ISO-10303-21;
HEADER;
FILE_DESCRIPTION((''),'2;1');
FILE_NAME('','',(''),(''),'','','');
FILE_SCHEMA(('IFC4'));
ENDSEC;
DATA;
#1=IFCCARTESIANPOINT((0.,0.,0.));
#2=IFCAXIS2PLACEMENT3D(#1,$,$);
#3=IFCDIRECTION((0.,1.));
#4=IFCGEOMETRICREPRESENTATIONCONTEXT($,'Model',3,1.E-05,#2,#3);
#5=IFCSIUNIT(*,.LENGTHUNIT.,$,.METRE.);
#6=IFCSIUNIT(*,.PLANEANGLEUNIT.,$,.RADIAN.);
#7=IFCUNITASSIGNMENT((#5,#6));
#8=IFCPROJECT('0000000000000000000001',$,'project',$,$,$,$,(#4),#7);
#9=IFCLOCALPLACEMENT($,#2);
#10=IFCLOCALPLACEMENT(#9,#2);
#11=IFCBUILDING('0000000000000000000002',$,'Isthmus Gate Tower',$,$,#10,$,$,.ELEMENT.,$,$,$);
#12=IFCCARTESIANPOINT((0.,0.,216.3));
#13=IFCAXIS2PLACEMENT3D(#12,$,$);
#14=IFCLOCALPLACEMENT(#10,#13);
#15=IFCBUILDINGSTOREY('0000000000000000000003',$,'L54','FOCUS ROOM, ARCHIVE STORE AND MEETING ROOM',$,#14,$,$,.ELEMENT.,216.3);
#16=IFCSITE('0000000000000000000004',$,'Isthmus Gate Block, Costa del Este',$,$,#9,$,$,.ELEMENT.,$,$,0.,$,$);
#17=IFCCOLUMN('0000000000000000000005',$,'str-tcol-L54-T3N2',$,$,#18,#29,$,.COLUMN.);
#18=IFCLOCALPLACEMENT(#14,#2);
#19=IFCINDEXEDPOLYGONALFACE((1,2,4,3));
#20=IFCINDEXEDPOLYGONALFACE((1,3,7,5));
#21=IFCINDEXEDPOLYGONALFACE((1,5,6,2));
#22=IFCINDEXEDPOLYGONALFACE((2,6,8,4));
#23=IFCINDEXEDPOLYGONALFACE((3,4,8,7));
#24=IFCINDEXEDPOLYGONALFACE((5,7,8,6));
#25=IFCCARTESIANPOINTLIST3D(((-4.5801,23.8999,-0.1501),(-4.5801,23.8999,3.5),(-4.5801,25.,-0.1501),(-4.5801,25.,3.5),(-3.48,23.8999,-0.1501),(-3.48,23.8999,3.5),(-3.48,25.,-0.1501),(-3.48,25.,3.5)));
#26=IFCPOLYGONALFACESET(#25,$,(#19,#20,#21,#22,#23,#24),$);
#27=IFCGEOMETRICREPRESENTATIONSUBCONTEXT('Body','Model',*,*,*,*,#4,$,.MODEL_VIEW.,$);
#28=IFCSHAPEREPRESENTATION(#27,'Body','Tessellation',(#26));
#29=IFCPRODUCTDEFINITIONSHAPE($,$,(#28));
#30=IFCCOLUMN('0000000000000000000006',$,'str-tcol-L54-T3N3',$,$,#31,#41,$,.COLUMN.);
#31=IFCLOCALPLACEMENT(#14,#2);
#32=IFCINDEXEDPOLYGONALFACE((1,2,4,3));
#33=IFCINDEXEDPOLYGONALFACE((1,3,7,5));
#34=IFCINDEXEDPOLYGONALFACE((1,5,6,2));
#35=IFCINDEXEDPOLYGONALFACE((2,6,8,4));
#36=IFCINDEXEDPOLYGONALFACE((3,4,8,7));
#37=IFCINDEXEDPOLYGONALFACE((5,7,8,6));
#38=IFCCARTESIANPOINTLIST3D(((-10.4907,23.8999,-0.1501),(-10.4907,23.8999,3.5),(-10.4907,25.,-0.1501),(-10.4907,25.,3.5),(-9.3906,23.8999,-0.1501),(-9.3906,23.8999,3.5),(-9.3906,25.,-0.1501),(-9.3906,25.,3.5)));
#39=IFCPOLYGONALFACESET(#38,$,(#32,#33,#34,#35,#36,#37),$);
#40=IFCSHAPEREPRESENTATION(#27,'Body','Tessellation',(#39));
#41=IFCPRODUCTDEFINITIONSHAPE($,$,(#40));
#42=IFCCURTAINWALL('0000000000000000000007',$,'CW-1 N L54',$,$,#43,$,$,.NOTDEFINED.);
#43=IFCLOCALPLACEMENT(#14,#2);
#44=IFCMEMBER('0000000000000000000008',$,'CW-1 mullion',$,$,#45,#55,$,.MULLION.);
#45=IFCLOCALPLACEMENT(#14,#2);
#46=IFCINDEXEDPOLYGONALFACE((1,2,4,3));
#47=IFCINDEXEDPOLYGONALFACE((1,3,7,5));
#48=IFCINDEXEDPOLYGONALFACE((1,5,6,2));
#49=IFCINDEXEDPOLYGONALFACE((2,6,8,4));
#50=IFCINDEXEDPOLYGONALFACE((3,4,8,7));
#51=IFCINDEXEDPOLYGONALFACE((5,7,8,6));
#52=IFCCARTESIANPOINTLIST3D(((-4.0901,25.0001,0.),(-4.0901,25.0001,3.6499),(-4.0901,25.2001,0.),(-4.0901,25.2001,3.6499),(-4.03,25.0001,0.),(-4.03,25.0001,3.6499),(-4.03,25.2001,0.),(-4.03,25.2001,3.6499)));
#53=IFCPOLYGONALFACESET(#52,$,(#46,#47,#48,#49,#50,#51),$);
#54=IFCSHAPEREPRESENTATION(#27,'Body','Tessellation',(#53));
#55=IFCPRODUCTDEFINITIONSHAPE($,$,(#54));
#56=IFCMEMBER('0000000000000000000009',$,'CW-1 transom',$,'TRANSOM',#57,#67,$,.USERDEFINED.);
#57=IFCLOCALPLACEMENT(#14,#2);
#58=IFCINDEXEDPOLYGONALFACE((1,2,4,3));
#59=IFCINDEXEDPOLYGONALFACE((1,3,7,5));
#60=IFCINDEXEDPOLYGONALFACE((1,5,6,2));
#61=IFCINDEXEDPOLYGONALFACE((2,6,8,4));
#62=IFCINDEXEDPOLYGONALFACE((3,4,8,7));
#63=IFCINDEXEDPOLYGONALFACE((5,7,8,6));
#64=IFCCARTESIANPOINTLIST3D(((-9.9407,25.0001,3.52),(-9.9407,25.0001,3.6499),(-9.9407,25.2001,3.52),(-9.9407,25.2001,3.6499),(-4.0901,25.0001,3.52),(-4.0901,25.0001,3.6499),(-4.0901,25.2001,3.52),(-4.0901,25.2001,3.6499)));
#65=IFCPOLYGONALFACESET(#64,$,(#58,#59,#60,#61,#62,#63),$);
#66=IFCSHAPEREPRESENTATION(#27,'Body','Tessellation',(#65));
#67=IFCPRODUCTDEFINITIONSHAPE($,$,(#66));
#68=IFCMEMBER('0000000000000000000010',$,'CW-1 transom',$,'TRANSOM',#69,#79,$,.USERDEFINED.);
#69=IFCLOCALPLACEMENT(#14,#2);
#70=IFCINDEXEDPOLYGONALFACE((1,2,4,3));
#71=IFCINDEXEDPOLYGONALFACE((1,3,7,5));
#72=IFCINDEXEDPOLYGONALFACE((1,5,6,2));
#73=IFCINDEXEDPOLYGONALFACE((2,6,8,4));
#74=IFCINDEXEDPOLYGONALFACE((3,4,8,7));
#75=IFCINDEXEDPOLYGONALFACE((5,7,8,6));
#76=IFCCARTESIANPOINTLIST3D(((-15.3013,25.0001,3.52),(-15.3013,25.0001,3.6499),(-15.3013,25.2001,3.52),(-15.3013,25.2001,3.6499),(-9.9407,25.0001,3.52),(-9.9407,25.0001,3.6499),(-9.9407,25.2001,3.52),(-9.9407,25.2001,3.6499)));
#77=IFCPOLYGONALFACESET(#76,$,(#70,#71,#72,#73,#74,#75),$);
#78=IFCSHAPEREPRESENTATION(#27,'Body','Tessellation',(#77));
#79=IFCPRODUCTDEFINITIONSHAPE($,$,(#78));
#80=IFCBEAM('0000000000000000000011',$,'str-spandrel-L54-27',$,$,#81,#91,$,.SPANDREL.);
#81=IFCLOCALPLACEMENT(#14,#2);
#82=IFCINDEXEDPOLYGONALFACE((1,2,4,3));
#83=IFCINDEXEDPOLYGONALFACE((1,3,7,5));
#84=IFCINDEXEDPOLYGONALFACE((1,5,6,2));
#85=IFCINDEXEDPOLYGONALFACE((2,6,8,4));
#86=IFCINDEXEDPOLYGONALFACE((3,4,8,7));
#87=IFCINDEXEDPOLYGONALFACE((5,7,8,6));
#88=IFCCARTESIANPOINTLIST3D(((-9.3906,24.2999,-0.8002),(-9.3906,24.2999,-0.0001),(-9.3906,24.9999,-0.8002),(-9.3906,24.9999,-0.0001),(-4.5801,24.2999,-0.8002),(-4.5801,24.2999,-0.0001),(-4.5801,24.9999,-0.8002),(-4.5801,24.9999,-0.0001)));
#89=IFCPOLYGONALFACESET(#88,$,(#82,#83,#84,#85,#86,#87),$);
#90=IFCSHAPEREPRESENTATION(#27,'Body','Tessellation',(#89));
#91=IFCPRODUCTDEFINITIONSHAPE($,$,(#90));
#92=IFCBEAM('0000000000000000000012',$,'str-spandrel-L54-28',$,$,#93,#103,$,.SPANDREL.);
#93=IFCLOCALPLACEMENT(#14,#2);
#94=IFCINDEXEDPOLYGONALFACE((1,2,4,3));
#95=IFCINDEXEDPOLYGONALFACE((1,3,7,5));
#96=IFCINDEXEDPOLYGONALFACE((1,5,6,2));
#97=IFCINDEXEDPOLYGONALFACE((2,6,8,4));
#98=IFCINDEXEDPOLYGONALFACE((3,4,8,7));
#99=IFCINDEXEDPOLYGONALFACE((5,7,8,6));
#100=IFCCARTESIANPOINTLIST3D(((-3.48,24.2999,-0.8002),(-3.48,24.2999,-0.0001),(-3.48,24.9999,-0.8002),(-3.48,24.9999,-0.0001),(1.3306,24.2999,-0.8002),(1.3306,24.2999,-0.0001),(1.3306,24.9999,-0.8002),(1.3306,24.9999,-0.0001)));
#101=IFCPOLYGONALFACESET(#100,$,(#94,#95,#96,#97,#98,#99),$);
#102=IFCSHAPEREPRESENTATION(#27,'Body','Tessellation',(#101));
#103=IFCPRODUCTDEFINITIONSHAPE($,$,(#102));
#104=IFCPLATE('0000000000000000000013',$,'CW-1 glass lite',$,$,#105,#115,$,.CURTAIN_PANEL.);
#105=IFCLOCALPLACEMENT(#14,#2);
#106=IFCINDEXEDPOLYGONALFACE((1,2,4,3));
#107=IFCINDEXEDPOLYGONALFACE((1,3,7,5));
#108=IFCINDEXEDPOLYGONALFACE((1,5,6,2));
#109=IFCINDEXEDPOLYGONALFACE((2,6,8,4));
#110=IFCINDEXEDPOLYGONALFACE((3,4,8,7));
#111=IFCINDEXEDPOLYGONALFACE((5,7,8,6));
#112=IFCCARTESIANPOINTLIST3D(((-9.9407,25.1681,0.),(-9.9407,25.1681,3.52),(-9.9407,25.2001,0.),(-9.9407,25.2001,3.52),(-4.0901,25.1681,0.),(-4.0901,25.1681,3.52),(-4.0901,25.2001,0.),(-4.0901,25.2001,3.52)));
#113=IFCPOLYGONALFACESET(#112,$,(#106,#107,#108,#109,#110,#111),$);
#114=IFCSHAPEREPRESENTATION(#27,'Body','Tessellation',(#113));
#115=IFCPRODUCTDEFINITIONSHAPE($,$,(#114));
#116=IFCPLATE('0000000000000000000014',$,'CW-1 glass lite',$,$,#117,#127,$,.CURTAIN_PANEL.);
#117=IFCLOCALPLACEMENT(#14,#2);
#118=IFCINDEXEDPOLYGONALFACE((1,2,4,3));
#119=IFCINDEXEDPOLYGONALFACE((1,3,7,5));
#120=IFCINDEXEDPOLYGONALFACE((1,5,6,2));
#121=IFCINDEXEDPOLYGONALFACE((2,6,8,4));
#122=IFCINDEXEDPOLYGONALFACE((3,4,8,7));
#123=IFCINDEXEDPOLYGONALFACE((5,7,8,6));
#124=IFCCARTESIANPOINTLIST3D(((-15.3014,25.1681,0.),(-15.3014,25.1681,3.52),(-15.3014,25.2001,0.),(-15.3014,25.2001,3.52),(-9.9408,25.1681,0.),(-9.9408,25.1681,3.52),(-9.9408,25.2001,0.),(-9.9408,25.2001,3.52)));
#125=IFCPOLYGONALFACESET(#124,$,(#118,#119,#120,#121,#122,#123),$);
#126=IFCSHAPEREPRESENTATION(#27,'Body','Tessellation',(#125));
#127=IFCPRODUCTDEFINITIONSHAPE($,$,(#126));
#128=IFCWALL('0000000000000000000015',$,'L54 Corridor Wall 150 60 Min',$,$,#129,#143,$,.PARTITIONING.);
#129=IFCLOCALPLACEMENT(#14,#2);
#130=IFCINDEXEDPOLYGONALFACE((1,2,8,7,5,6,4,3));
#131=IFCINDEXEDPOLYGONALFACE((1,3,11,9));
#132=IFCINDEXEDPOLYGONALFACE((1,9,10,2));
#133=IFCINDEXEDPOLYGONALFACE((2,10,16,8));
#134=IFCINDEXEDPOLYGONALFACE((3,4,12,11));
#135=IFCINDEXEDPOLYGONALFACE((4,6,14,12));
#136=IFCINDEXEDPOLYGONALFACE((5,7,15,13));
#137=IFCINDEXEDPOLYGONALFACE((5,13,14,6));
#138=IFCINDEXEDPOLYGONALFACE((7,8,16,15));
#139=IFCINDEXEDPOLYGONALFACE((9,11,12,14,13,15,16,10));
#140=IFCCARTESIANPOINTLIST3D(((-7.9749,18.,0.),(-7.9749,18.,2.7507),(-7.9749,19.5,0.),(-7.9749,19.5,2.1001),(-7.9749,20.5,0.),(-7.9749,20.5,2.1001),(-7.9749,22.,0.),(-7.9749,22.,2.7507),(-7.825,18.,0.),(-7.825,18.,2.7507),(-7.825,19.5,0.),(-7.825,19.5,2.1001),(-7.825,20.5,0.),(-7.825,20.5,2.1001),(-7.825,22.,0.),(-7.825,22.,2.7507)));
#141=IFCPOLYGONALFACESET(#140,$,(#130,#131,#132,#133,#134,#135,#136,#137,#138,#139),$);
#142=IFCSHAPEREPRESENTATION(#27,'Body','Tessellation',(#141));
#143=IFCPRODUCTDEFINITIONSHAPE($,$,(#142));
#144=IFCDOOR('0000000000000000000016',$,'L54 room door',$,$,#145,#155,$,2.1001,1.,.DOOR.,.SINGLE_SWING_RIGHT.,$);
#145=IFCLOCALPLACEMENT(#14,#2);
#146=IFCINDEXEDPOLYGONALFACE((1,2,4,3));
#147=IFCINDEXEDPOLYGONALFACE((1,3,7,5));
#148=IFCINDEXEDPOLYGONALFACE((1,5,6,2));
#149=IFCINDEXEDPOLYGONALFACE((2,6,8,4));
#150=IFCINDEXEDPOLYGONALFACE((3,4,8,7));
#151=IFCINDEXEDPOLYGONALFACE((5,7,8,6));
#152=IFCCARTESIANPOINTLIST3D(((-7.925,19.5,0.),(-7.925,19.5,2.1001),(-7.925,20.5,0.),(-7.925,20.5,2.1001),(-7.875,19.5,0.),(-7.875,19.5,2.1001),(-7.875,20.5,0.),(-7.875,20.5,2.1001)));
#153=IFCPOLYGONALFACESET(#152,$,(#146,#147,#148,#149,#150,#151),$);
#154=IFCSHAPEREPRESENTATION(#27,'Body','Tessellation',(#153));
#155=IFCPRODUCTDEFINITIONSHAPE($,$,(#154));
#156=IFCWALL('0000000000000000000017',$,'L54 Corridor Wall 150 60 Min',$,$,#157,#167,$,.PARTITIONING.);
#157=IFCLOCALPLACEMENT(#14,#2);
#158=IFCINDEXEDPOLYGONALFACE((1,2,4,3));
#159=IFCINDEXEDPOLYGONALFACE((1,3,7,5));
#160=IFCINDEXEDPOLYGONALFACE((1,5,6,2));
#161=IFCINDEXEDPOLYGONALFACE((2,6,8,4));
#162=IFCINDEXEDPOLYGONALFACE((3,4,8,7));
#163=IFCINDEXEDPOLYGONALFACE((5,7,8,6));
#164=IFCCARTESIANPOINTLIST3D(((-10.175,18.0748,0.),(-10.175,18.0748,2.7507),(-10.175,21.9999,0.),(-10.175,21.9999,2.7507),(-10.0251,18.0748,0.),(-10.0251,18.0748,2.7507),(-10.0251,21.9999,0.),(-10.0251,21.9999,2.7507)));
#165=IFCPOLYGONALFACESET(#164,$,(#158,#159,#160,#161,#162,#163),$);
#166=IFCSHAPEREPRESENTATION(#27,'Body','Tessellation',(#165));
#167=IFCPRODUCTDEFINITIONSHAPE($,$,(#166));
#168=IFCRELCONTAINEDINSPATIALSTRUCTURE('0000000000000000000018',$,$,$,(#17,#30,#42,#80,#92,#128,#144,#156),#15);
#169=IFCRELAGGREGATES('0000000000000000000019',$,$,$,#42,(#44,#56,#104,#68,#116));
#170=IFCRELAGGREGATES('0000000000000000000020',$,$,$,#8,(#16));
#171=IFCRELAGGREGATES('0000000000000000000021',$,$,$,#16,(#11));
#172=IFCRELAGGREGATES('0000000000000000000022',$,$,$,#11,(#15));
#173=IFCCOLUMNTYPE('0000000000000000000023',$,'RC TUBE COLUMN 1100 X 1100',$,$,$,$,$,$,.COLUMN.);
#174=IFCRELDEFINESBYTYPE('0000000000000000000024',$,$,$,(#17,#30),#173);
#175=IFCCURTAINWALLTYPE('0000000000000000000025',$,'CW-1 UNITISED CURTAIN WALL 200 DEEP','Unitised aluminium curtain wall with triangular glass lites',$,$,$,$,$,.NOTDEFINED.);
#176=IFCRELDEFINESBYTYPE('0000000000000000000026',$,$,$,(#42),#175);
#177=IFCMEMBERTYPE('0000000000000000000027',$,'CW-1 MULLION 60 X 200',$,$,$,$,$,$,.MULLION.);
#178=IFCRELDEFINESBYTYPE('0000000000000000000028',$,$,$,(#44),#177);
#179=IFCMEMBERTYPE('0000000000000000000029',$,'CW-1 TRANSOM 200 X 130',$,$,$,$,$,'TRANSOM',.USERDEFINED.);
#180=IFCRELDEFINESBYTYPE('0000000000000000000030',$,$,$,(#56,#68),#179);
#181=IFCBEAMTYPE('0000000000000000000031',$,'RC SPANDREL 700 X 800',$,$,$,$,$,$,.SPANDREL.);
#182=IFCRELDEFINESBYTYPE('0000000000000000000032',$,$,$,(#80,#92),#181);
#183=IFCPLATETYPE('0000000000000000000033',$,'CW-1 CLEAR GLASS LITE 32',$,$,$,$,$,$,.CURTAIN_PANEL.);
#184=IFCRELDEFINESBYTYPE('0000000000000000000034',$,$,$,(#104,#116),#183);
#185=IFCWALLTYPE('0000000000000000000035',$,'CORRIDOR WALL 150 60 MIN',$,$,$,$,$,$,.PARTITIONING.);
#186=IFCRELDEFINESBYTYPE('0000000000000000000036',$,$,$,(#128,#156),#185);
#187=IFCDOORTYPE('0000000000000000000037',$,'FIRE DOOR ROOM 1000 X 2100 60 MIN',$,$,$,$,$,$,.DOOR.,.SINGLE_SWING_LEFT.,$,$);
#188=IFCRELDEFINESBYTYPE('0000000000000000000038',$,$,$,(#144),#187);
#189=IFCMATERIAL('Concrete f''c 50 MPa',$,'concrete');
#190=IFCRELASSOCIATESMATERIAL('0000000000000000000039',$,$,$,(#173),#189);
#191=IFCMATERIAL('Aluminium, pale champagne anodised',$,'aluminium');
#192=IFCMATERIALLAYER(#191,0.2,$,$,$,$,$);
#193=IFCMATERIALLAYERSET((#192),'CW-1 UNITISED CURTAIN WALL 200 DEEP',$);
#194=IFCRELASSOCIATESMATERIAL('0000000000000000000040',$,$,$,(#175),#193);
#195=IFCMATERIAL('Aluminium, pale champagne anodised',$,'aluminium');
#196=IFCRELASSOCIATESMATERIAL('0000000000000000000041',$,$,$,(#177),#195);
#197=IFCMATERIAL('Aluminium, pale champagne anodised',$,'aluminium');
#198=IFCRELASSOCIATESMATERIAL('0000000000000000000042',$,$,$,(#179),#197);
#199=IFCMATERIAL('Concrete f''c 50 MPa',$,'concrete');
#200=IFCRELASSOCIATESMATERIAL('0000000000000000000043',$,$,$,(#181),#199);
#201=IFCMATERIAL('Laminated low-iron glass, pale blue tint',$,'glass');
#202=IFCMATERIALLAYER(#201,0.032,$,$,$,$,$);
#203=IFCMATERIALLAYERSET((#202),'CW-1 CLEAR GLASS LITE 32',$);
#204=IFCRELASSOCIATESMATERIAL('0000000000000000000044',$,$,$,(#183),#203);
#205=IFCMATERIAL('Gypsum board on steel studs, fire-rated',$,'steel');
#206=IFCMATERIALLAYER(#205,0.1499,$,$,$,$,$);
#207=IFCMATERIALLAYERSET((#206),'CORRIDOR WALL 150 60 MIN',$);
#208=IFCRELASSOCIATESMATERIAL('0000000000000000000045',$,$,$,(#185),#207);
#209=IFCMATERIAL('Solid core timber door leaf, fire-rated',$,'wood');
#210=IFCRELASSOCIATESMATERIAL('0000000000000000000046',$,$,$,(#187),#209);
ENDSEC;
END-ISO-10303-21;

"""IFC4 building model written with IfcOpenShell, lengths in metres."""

from ifc_helpers import new_model, si_unit, direction, frame, frame_2d, origin, origin_2d, place, context, subcontext, project, spatial, rectangle, extrude, material, layer, layer_set, material_profile, profile_set, type_object, element, fill, aggregate, save


model = new_model("IFC4")

# Units and contexts
model_context = context("Model", 3, precision=1e-05, world=origin(), true_north=direction((0.0, 1.0)))
body_context = subcontext(model_context, "Body", "Model", "MODEL_VIEW")
ifc_project = project(units=[si_unit("LENGTHUNIT", "METRE"), si_unit("PLANEANGLEUNIT", "RADIAN")], contexts=[model_context])

# Site, building, storey
site_placement = place(None, origin())
site = spatial("IfcSite", under=ifc_project, at=site_placement, Name="Isthmus Gate Block, Costa del Este", CompositionType="ELEMENT", RefElevation=0.0)
building_placement = place(site_placement, origin())
building = spatial("IfcBuilding", under=site, at=building_placement, Name="Isthmus Gate Tower", CompositionType="ELEMENT")
storey_placement = place(building_placement, frame((0.0, 0.0, 216.3)))
storey = spatial("IfcBuildingStorey", under=building, at=storey_placement, Name="L54", Description="FOCUS ROOM, ARCHIVE STORE AND MEETING ROOM", CompositionType="ELEMENT", Elevation=216.3)

# Columns
ifc_material_1 = material(Name="Concrete f'c 50 MPa", Category="concrete")
ifc_material_profile_1 = material_profile(ifc_material_1, rectangle(XDim=1.1001, YDim=1.1001, at=origin_2d()), Name="RC 1100X1100")
ifc_profile_set_1 = profile_set([ifc_material_profile_1], Name="Concrete f'c 50 MPa")
column_type = type_object("IfcColumnType", Name="RC TUBE COLUMN 1100 X 1100", PredefinedType="COLUMN", material=ifc_profile_set_1)
for number, where, z_axis, x_axis, name in (
    (1, (-4.03, 24.45, -0.1501), (0.0, 0.0, 1.0), (-1.0, 0.0, 0.0), "str-tcol-L54-T3N2"),
    (2, (-9.9407, 24.45, -0.1501), (0.0, 0.0, 1.0), (-1.0, 0.0, 0.0), "str-tcol-L54-T3N3"),
):
    element("IfcColumn", number, at=place(storey_placement, frame(where, z_axis=z_axis, x_axis=x_axis)), inside=storey, type_object=column_type, Name=name, PredefinedType="COLUMN", context=body_context, shape_type="SweptSolid", body=[
        extrude(rectangle(XDim=1.1001, YDim=1.1001, at=origin_2d()), origin(), (0.0, 0.0, 1.0), 3.6501),
    ])

# Curtain wall, members
ifc_material_2 = material(Name="Aluminium, pale champagne anodised", Category="aluminium")
ifc_layer_1 = layer(ifc_material_2, 0.2)
ifc_layer_set_1 = layer_set([ifc_layer_1], Name="CW-1 UNITISED CURTAIN WALL 200 DEEP")
curtain_wall_type = type_object("IfcCurtainWallType", Name="CW-1 UNITISED CURTAIN WALL 200 DEEP", Description="Unitised aluminium curtain wall with triangular glass lites", PredefinedType="NOTDEFINED", material=ifc_layer_set_1)
curtain_wall_placement = place(storey_placement, origin())
curtain_wall = element("IfcCurtainWall", 3, at=curtain_wall_placement, inside=storey, type_object=curtain_wall_type, Name="CW-1 N L54", PredefinedType="NOTDEFINED")
ifc_material_3 = material(Name="Aluminium, pale champagne anodised", Category="aluminium")
ifc_material_profile_2 = material_profile(ifc_material_3, rectangle(XDim=0.0601, YDim=0.2, at=origin_2d()), Name="60x200")
ifc_profile_set_2 = profile_set([ifc_material_profile_2], Name="Aluminium, pale champagne anodised")
member_type_1 = type_object("IfcMemberType", Name="CW-1 MULLION 60 X 200", PredefinedType="MULLION", material=ifc_profile_set_2)
member_1_placement = place(storey_placement, frame((-4.0601, 25.1001, 0.0), z_axis=(0.0, 0.0, 1.0), x_axis=(-1.0, 0.0, 0.0)))
member_1 = element("IfcMember", 4, at=member_1_placement, type_object=member_type_1, Name="CW-1 mullion", PredefinedType="MULLION", context=body_context, shape_type="SweptSolid", body=[
    extrude(rectangle(XDim=0.0601, YDim=0.2, at=origin_2d()), origin(), (0.0, 0.0, 1.0), 3.6499),
])
ifc_material_4 = material(Name="Aluminium, pale champagne anodised", Category="aluminium")
ifc_material_profile_3 = material_profile(ifc_material_4, rectangle(XDim=0.2, YDim=0.1299, at=origin_2d()), Name="200x130")
ifc_profile_set_3 = profile_set([ifc_material_profile_3], Name="Aluminium, pale champagne anodised")
member_type_2 = type_object("IfcMemberType", Name="CW-1 TRANSOM 200 X 130", ElementType="TRANSOM", PredefinedType="USERDEFINED", material=ifc_profile_set_3)
member_2_placement = place(storey_placement, frame((-4.0901, 25.1001, 3.585), z_axis=(-1.0, 0.0, 0.0), x_axis=(0.0, -1.0, 0.0)))
member_2 = element("IfcMember", 5, at=member_2_placement, type_object=member_type_2, Name="CW-1 transom", ObjectType="TRANSOM", PredefinedType="USERDEFINED", context=body_context, shape_type="SweptSolid", body=[
    extrude(rectangle(XDim=0.2, YDim=0.1299, at=origin_2d()), origin(), (0.0, 0.0, 1.0), 5.8506),
])
member_3_placement = place(storey_placement, frame((-9.9407, 25.1001, 3.585), z_axis=(-1.0, 0.0, 0.0), x_axis=(0.0, -1.0, 0.0)))
member_3 = element("IfcMember", 6, at=member_3_placement, type_object=member_type_2, Name="CW-1 transom", ObjectType="TRANSOM", PredefinedType="USERDEFINED", context=body_context, shape_type="SweptSolid", body=[
    extrude(rectangle(XDim=0.2, YDim=0.1299, at=origin_2d()), origin(), (0.0, 0.0, 1.0), 5.3606),
])

# Beams
ifc_material_5 = material(Name="Concrete f'c 50 MPa", Category="concrete")
ifc_material_profile_4 = material_profile(ifc_material_5, rectangle(XDim=0.7, YDim=0.8, at=origin_2d()), Name="RC 700X800")
ifc_profile_set_4 = profile_set([ifc_material_profile_4], Name="Concrete f'c 50 MPa")
beam_type = type_object("IfcBeamType", Name="RC SPANDREL 700 X 800", PredefinedType="SPANDREL", material=ifc_profile_set_4)
for number, where, z_axis, x_axis, name in (
    (7, (-9.3906, 24.6499, -0.4001), (1.0, 0.0, 0.0), (0.0, 1.0, 0.0), "str-spandrel-L54-27"),
    (8, (-3.48, 24.6499, -0.4001), (1.0, 0.0, 0.0), (0.0, 1.0, 0.0), "str-spandrel-L54-28"),
):
    element("IfcBeam", number, at=place(storey_placement, frame(where, z_axis=z_axis, x_axis=x_axis)), inside=storey, type_object=beam_type, Name=name, PredefinedType="SPANDREL", context=body_context, shape_type="SweptSolid", body=[
        extrude(rectangle(XDim=0.7, YDim=0.8, at=origin_2d()), origin(), (0.0, 0.0, 1.0), 4.8105),
    ])

# Plates
ifc_material_6 = material(Name="Laminated low-iron glass, pale blue tint", Category="glass")
ifc_layer_2 = layer(ifc_material_6, 0.032)
ifc_layer_set_2 = layer_set([ifc_layer_2], Name="CW-1 CLEAR GLASS LITE 32")
plate_type = type_object("IfcPlateType", Name="CW-1 CLEAR GLASS LITE 32", PredefinedType="CURTAIN_PANEL", material=ifc_layer_set_2)
plate_1_placement = place(storey_placement, frame((-7.0154, 25.1841, 0.0), z_axis=(0.0, 0.0, 1.0), x_axis=(-1.0, 0.0, 0.0)))
plate_1 = element("IfcPlate", 9, at=plate_1_placement, type_object=plate_type, Name="CW-1 glass lite", PredefinedType="CURTAIN_PANEL", context=body_context, shape_type="SweptSolid", body=[
    extrude(rectangle(XDim=5.8506, YDim=0.032, at=origin_2d()), origin(), (0.0, 0.0, 1.0), 3.52),
])
plate_2_placement = place(storey_placement, frame((-12.6211, 25.1841, 0.0), z_axis=(0.0, 0.0, 1.0), x_axis=(-1.0, 0.0, 0.0)))
plate_2 = element("IfcPlate", 10, at=plate_2_placement, type_object=plate_type, Name="CW-1 glass lite", PredefinedType="CURTAIN_PANEL", context=body_context, shape_type="SweptSolid", body=[
    extrude(rectangle(XDim=5.3606, YDim=0.032, at=origin_2d()), origin(), (0.0, 0.0, 1.0), 3.52),
])
aggregate(curtain_wall, [member_1, member_2, plate_1, member_3, plate_2])

# Wall, opening, door
ifc_material_7 = material(Name="Gypsum board on steel studs, fire-rated", Category="steel")
ifc_layer_3 = layer(ifc_material_7, 0.1499)
ifc_layer_set_3 = layer_set([ifc_layer_3], Name="CORRIDOR WALL 150 60 MIN")
wall_type_1 = type_object("IfcWallType", Name="CORRIDOR WALL 150 60 MIN", PredefinedType="PARTITIONING", material=ifc_layer_set_3)
wall_1_placement = place(storey_placement, frame((-7.8999, 22.0, 0.0), z_axis=(0.0, 0.0, 1.0), x_axis=(0.0, -1.0, 0.0)))
wall_1 = element("IfcWall", 11, at=wall_1_placement, inside=storey, type_object=wall_type_1, Name="L54 Corridor Wall 150 60 Min", PredefinedType="PARTITIONING", context=body_context, shape_type="SweptSolid", body=[
    extrude(rectangle(XDim=4.0, YDim=0.1499, at=frame_2d((2.0, 0.0))), origin(), (0.0, 0.0, 1.0), 2.7507),
])
opening_1_placement = place(wall_1_placement, frame((1.5, 0.0, 0.0)))
opening_1 = element("IfcOpeningElement", 12, at=opening_1_placement, cuts=wall_1, PredefinedType="OPENING", context=body_context, shape_type="SweptSolid", body=[
    extrude(rectangle(XDim=1.0, YDim=2.1001, at=frame_2d((0.5, 1.05))), frame((0.0, 0.085, 0.0), z_axis=(0.0, -1.0, 0.0), x_axis=(1.0, 0.0, 0.0)), (0.0, 0.0, 1.0), 0.1699),
])
ifc_material_8 = material(Name="Solid core timber door leaf, fire-rated", Category="wood")
door_type = type_object("IfcDoorType", Name="FIRE DOOR ROOM 1000 X 2100 60 MIN", OperationType="SINGLE_SWING_LEFT", PredefinedType="DOOR", material=ifc_material_8)
door_1_placement = place(opening_1_placement, origin())
door_1 = element("IfcDoor", 13, at=door_1_placement, inside=storey, type_object=door_type, Name="L54 room door", OperationType="SINGLE_SWING_RIGHT", OverallHeight=2.1001, OverallWidth=1.0, PredefinedType="DOOR", context=body_context, shape_type="SweptSolid", body=[
    extrude(rectangle(XDim=1.0, YDim=2.1001, at=frame_2d((0.5, 1.05))), frame((0.0, 0.0249, 0.0), z_axis=(0.0, -1.0, 0.0), x_axis=(1.0, 0.0, 0.0)), (0.0, 0.0, 1.0), 0.05),
])
fill(opening_1, door_1)

# Wall
wall_2_placement = place(storey_placement, frame((-10.1001, 18.075, 0.0), z_axis=(0.0, 0.0, 1.0), x_axis=(0.0, 1.0, 0.0)))
element("IfcWall", 14, at=wall_2_placement, inside=storey, type_object=wall_type_1, Name="L54 Corridor Wall 150 60 Min", PredefinedType="PARTITIONING", context=body_context, shape_type="SweptSolid", body=[
    extrude(rectangle(XDim=3.925, YDim=0.1499, at=frame_2d((1.9624, 0.0))), origin(), (0.0, 0.0, 1.0), 2.7507),
])

save(model, "model.ifc")
